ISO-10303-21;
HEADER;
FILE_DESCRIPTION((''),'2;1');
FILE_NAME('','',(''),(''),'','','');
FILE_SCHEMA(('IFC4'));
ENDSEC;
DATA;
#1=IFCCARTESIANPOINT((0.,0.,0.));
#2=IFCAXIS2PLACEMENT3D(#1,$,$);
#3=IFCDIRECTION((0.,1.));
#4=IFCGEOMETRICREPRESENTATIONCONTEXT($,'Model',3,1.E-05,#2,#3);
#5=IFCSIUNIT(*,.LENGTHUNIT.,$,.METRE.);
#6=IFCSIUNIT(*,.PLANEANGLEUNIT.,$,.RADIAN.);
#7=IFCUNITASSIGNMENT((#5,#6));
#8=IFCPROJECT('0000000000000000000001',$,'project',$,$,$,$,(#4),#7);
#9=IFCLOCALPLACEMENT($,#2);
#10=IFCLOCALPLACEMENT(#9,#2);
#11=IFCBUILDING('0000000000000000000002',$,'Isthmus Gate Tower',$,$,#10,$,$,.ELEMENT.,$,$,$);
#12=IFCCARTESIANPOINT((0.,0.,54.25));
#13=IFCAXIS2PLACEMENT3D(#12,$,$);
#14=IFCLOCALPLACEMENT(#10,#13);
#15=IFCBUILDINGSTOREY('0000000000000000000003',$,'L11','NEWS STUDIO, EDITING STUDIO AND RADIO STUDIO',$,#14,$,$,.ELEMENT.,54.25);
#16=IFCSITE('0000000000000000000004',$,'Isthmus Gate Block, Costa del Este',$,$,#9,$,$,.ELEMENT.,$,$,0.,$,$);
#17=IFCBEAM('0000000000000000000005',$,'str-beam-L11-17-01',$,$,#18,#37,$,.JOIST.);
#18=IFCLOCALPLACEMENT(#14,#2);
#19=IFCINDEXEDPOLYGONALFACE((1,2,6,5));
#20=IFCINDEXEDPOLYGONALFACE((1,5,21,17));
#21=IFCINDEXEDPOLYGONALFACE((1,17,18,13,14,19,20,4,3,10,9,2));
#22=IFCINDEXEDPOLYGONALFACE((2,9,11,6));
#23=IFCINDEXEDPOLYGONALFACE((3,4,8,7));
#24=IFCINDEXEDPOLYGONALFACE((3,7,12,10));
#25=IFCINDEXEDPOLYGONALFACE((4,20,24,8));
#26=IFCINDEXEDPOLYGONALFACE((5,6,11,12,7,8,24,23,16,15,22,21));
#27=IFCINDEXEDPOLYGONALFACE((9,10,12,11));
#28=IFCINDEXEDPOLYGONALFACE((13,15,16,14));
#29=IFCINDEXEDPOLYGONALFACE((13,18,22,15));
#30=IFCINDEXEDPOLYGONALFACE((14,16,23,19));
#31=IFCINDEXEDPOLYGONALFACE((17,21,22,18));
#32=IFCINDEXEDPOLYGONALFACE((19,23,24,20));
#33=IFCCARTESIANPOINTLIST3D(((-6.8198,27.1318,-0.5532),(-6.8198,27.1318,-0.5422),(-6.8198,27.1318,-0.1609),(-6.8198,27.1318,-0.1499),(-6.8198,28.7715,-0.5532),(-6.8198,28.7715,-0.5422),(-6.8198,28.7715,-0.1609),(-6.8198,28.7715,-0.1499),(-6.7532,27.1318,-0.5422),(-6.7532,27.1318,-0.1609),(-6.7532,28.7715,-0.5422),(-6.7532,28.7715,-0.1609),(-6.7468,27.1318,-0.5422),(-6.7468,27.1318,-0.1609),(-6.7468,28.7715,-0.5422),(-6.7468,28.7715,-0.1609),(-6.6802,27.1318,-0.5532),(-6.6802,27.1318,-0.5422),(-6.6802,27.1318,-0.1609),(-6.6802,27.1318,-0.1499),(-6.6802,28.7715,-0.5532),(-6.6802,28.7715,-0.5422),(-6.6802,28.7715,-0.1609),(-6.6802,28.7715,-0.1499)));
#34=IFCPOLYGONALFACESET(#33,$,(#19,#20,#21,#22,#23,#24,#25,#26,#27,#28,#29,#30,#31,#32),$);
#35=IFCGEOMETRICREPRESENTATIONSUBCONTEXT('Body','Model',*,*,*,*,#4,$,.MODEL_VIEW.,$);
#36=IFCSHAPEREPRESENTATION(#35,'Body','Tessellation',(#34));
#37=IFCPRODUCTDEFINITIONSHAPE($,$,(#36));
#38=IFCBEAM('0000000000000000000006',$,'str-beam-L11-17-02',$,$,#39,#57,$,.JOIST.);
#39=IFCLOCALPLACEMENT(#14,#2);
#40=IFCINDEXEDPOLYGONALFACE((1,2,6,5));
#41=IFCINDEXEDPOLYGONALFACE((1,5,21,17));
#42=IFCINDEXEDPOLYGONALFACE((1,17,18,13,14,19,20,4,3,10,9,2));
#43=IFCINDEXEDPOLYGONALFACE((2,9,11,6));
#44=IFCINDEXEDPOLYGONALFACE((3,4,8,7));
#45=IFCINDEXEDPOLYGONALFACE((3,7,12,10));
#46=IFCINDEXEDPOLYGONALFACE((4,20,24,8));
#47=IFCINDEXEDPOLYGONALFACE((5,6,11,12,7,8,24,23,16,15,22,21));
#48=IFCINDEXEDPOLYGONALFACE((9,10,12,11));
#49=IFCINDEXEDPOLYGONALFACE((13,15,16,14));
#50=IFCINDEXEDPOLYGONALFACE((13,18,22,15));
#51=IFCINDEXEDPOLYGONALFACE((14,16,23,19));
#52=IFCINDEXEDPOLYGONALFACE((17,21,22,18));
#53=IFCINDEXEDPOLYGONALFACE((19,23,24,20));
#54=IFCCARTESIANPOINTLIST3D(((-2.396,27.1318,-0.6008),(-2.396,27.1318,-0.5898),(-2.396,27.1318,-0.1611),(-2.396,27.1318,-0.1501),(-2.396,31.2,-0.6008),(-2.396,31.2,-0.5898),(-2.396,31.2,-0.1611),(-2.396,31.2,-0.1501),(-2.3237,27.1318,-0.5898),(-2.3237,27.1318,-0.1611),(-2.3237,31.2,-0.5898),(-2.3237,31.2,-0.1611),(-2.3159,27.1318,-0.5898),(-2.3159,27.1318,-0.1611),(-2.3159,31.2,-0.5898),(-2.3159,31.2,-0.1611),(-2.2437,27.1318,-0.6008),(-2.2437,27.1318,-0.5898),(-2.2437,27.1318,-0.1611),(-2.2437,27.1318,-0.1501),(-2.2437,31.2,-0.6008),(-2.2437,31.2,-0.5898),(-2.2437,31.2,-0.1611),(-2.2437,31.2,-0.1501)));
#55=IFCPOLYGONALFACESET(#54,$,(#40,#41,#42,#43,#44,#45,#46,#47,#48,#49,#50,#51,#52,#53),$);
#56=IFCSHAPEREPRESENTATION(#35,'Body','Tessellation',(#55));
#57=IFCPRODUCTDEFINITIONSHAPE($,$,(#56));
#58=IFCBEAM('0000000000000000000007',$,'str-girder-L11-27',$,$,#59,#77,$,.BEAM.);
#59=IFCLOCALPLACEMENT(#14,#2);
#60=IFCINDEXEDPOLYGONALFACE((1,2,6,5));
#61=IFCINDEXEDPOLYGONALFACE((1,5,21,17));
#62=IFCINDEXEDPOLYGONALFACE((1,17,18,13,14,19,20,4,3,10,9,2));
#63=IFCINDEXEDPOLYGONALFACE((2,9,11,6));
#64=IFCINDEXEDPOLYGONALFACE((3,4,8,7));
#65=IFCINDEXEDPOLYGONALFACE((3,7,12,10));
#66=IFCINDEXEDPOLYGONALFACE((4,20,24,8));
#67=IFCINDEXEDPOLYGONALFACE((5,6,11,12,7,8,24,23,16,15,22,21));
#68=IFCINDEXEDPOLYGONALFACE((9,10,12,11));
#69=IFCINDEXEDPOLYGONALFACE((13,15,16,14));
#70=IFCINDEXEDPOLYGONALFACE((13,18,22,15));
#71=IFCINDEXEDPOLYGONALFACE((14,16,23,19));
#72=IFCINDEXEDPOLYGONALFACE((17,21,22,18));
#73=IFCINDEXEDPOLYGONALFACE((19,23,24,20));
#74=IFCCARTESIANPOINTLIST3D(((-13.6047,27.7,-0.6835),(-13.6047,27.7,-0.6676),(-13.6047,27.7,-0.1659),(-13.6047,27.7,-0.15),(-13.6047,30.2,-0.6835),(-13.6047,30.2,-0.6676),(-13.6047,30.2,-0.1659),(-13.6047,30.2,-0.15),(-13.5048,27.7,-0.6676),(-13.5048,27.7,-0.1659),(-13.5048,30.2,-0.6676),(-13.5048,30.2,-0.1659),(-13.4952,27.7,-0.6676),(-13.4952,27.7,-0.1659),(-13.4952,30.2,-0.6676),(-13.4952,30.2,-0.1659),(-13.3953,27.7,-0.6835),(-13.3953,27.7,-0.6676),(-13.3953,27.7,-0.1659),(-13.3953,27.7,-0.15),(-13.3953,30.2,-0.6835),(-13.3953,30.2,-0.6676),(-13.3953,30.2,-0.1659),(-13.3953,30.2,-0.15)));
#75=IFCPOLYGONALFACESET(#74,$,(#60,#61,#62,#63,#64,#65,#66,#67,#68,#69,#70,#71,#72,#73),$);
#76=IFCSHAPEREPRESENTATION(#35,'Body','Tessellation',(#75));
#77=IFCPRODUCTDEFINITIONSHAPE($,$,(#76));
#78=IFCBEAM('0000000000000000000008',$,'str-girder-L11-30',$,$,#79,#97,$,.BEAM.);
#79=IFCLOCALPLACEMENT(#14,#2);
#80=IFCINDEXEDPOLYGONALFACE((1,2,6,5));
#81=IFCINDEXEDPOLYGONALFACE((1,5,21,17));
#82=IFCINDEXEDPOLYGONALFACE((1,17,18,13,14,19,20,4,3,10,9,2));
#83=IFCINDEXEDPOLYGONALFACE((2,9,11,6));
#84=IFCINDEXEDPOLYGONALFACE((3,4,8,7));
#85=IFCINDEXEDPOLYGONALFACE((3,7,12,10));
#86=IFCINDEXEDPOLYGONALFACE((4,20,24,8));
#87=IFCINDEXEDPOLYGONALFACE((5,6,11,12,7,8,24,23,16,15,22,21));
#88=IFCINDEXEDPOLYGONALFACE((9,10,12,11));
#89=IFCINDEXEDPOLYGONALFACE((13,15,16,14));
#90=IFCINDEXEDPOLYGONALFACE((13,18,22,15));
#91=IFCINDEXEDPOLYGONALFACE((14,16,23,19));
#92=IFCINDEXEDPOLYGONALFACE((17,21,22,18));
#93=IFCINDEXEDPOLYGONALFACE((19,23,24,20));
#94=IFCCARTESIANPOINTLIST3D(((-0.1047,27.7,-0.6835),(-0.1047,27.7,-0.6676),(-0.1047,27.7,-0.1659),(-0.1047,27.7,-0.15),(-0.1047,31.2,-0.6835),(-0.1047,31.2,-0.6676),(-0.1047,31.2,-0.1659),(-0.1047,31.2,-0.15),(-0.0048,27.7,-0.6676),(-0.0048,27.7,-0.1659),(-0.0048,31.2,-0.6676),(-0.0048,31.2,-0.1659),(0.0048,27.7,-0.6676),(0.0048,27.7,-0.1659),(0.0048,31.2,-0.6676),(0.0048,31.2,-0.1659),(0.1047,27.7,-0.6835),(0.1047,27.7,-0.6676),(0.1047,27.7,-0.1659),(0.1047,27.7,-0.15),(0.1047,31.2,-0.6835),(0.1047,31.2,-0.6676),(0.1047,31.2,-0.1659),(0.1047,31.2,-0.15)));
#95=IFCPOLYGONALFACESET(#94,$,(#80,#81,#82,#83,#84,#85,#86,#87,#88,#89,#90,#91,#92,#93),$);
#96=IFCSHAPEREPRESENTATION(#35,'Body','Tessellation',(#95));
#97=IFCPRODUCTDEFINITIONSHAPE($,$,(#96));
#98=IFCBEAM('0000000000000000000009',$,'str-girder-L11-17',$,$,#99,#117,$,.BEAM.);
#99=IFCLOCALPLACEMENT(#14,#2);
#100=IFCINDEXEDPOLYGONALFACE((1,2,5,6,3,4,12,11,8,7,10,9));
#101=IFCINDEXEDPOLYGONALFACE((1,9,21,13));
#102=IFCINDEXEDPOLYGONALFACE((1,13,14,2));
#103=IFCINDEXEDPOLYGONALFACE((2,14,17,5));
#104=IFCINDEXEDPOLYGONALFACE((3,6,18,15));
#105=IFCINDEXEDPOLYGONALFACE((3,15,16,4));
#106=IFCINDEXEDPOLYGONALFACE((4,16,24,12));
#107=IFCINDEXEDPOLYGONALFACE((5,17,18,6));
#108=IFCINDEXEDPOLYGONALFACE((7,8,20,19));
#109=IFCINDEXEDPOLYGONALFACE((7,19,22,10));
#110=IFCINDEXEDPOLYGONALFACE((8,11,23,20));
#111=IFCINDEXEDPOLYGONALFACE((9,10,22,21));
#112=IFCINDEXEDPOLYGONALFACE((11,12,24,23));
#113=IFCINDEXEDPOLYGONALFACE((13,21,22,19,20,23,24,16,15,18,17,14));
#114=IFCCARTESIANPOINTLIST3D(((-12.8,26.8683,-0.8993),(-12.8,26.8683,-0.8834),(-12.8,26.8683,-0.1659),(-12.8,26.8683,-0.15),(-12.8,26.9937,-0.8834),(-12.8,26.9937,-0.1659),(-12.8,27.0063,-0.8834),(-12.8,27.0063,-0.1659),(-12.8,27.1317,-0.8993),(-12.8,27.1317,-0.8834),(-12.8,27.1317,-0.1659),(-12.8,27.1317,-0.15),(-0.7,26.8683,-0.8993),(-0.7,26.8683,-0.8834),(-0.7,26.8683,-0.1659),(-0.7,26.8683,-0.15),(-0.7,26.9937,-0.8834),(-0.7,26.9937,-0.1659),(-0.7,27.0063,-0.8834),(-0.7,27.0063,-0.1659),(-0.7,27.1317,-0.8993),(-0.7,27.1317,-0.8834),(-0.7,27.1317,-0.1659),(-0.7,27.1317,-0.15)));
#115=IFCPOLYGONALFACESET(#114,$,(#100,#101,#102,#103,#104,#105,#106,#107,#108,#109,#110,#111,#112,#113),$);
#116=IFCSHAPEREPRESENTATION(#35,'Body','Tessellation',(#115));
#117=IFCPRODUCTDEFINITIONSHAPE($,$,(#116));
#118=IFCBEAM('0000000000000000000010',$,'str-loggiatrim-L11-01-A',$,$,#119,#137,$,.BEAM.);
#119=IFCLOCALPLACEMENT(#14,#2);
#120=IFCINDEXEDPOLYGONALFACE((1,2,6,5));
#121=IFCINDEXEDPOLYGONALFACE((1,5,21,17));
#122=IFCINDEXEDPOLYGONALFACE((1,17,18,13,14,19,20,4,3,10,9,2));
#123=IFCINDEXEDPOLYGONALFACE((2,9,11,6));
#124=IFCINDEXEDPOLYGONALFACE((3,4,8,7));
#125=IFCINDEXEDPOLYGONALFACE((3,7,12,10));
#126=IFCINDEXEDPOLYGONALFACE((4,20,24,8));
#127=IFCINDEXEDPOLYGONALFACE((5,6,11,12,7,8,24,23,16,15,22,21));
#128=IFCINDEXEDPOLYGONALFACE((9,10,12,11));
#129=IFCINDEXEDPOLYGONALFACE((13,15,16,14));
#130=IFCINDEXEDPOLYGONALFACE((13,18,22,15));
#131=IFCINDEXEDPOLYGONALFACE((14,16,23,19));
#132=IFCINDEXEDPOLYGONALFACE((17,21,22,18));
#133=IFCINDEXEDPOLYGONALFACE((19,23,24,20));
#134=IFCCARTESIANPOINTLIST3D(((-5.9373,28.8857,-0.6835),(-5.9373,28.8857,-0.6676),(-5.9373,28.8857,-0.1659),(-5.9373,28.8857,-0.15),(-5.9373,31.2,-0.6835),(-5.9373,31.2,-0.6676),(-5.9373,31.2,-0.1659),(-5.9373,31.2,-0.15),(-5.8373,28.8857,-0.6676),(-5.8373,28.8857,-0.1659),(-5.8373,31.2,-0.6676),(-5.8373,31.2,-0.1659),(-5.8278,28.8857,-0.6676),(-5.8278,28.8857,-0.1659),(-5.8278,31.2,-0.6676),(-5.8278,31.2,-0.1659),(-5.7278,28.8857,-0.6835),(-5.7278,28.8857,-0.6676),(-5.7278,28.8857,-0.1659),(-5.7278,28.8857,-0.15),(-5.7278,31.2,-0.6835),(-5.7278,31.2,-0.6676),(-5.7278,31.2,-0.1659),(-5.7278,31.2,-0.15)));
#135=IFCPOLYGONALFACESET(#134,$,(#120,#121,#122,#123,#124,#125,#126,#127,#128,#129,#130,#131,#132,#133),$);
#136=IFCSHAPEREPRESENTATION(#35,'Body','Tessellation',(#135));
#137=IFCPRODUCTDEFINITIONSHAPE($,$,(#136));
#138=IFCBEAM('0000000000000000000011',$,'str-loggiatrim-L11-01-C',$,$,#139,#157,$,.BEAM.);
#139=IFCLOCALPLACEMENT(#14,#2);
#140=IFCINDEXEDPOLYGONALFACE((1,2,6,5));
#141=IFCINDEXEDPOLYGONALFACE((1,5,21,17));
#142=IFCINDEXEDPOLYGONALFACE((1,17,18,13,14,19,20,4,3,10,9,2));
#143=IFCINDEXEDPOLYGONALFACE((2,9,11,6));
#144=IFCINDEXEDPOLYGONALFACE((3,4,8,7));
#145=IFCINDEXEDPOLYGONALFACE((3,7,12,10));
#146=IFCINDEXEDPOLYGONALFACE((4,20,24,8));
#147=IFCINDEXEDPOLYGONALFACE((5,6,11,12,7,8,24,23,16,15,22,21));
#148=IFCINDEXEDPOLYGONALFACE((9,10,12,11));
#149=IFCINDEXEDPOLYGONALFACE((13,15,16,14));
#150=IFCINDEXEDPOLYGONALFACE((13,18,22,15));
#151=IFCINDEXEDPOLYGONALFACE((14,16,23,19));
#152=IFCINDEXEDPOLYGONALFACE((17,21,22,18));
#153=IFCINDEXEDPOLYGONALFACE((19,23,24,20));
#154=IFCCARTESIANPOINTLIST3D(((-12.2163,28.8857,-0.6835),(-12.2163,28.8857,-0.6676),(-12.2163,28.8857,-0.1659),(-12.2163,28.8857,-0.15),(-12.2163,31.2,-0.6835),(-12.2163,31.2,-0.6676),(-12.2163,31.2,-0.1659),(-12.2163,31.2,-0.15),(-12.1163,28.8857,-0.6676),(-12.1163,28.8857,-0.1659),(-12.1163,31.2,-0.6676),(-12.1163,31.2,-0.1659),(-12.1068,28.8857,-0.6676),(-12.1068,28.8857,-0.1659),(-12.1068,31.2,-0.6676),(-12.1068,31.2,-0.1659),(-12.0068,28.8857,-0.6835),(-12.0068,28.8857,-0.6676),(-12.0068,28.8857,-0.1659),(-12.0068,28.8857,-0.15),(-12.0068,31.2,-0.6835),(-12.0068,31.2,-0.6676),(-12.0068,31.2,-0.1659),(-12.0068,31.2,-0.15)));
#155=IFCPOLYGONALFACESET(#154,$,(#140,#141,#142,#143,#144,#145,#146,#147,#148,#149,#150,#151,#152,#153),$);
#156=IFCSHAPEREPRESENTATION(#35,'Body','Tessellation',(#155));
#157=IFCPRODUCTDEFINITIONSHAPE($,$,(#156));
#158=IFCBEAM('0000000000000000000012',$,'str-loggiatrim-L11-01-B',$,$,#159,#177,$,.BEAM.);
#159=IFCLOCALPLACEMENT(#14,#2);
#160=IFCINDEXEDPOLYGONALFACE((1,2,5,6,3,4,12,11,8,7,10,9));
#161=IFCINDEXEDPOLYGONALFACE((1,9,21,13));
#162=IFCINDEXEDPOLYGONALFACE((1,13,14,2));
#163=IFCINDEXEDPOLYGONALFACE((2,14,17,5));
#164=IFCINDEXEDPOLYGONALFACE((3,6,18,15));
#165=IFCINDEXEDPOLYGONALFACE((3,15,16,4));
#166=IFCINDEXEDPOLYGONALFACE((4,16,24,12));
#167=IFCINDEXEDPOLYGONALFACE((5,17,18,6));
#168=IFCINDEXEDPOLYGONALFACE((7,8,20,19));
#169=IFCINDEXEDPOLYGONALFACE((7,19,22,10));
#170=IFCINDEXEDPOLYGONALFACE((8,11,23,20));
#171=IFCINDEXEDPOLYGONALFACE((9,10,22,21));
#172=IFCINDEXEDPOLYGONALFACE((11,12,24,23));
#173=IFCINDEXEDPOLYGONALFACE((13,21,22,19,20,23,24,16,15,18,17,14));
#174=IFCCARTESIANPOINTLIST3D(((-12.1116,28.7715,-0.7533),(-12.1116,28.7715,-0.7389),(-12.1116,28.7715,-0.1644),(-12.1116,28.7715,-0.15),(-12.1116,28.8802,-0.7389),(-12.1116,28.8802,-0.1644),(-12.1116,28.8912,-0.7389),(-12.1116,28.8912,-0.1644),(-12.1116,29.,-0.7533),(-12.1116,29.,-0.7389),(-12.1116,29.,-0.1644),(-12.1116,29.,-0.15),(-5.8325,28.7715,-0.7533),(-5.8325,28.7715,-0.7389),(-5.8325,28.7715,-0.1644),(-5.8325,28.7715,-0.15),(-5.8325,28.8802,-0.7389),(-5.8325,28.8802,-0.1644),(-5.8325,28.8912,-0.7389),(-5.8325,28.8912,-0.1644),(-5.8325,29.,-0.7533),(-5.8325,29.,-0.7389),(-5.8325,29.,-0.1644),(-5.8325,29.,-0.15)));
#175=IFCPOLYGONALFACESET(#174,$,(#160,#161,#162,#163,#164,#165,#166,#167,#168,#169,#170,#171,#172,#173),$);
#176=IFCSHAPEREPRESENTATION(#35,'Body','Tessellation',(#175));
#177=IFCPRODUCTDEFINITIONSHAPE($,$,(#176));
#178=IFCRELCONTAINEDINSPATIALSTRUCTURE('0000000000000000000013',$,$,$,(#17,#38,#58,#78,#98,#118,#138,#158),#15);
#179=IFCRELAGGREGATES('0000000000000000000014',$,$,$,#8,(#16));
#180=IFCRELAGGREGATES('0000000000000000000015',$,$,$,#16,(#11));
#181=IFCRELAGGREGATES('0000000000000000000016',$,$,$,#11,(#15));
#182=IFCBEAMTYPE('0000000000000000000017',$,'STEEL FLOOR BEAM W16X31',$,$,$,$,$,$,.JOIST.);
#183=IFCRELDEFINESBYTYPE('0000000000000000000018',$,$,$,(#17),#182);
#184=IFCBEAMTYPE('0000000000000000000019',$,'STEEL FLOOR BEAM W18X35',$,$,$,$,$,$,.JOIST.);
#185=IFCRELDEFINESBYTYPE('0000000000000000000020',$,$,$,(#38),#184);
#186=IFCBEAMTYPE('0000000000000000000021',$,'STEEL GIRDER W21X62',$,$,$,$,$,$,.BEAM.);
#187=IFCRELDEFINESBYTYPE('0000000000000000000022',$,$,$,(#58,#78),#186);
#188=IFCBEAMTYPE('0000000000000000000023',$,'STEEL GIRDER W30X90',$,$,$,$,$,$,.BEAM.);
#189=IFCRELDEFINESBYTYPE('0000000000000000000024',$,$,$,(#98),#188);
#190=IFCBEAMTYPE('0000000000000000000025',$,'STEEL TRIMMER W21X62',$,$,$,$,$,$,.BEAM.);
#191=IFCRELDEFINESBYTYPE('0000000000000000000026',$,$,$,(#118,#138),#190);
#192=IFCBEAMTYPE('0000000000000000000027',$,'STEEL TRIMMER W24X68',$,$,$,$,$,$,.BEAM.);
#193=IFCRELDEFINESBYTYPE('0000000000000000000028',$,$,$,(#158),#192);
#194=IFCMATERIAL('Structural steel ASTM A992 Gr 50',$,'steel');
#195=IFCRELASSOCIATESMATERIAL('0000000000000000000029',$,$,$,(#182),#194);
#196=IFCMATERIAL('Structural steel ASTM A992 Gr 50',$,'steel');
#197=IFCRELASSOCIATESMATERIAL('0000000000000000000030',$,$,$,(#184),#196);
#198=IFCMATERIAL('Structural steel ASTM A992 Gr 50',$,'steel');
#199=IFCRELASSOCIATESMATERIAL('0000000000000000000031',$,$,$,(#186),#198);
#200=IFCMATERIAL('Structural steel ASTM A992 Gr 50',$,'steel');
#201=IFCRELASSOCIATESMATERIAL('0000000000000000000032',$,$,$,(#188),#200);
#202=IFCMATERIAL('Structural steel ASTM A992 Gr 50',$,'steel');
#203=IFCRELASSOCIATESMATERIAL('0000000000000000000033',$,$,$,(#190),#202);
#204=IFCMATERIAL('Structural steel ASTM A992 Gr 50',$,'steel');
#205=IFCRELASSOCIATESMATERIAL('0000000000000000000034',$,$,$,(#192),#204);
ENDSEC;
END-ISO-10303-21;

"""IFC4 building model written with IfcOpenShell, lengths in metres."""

from ifc_helpers import new_model, si_unit, direction, frame, origin, origin_2d, place, context, subcontext, project, spatial, i_section, extrude, material, material_profile, profile_set, type_object, element, save


model = new_model("IFC4")

# Units and contexts
model_context = context("Model", 3, precision=1e-05, world=origin(), true_north=direction((0.0, 1.0)))
body_context = subcontext(model_context, "Body", "Model", "MODEL_VIEW")
ifc_project = project(units=[si_unit("LENGTHUNIT", "METRE"), si_unit("PLANEANGLEUNIT", "RADIAN")], contexts=[model_context])

# Site, building, storey
site_placement = place(None, origin())
site = spatial("IfcSite", under=ifc_project, at=site_placement, Name="Isthmus Gate Block, Costa del Este", CompositionType="ELEMENT", RefElevation=0.0)
building_placement = place(site_placement, origin())
building = spatial("IfcBuilding", under=site, at=building_placement, Name="Isthmus Gate Tower", CompositionType="ELEMENT")
storey_placement = place(building_placement, frame((0.0, 0.0, 54.25)))
storey = spatial("IfcBuildingStorey", under=building, at=storey_placement, Name="L11", Description="NEWS STUDIO, EDITING STUDIO AND RADIO STUDIO", CompositionType="ELEMENT", Elevation=54.25)

# Beams
ifc_material_1 = material(Name="Structural steel ASTM A992 Gr 50", Category="steel")
ifc_material_profile_1 = material_profile(ifc_material_1, i_section(OverallWidth=0.1396, OverallDepth=0.4033, WebThickness=0.0063, FlangeThickness=0.011, at=origin_2d()), Name="W16X31")
ifc_profile_set_1 = profile_set([ifc_material_profile_1], Name="Structural steel ASTM A992 Gr 50")
beam_type_1 = type_object("IfcBeamType", Name="STEEL FLOOR BEAM W16X31", PredefinedType="JOIST", material=ifc_profile_set_1)
for number, where, z_axis, x_axis, name in (
    (1, (-6.75, 27.1318, -0.3516), (0.0, 1.0, 0.0), (-1.0, 0.0, 0.0), "str-beam-L11-17-01"),
):
    element("IfcBeam", number, at=place(storey_placement, frame(where, z_axis=z_axis, x_axis=x_axis)), inside=storey, type_object=beam_type_1, Name=name, PredefinedType="JOIST", context=body_context, shape_type="SweptSolid", body=[
        extrude(i_section(OverallWidth=0.1396, OverallDepth=0.4033, WebThickness=0.0063, FlangeThickness=0.011, at=origin_2d()), origin(), (0.0, 0.0, 1.0), 1.6396),
    ])
ifc_material_2 = material(Name="Structural steel ASTM A992 Gr 50", Category="steel")
ifc_material_profile_2 = material_profile(ifc_material_2, i_section(OverallWidth=0.1523, OverallDepth=0.4507, WebThickness=0.0078, FlangeThickness=0.011, at=origin_2d()), Name="W18X35")
ifc_profile_set_2 = profile_set([ifc_material_profile_2], Name="Structural steel ASTM A992 Gr 50")
beam_type_2 = type_object("IfcBeamType", Name="STEEL FLOOR BEAM W18X35", PredefinedType="JOIST", material=ifc_profile_set_2)
beam_1_placement = place(storey_placement, frame((-2.3198, 27.1318, -0.3755), z_axis=(0.0, 1.0, 0.0), x_axis=(-1.0, 0.0, 0.0)))
element("IfcBeam", 2, at=beam_1_placement, inside=storey, type_object=beam_type_2, Name="str-beam-L11-17-02", PredefinedType="JOIST", context=body_context, shape_type="SweptSolid", body=[
    extrude(i_section(OverallWidth=0.1523, OverallDepth=0.4507, WebThickness=0.0078, FlangeThickness=0.011, at=origin_2d()), origin(), (0.0, 0.0, 1.0), 4.0681),
])
ifc_material_3 = material(Name="Structural steel ASTM A992 Gr 50", Category="steel")
ifc_material_profile_3 = material_profile(ifc_material_3, i_section(OverallWidth=0.2095, OverallDepth=0.5334, WebThickness=0.0095, FlangeThickness=0.0159, at=origin_2d()), Name="W21X62")
ifc_profile_set_3 = profile_set([ifc_material_profile_3], Name="Structural steel ASTM A992 Gr 50")
beam_type_3 = type_object("IfcBeamType", Name="STEEL GIRDER W21X62", PredefinedType="BEAM", material=ifc_profile_set_3)
beam_2_placement = place(storey_placement, frame((-13.5, 27.7, -0.4167), z_axis=(0.0, 1.0, 0.0), x_axis=(-1.0, 0.0, 0.0)))
element("IfcBeam", 3, at=beam_2_placement, inside=storey, type_object=beam_type_3, Name="str-girder-L11-27", PredefinedType="BEAM", context=body_context, shape_type="SweptSolid", body=[
    extrude(i_section(OverallWidth=0.2095, OverallDepth=0.5334, WebThickness=0.0095, FlangeThickness=0.0159, at=origin_2d()), origin(), (0.0, 0.0, 1.0), 2.5),
])
beam_3_placement = place(storey_placement, frame((0.0, 27.7, -0.4167), z_axis=(0.0, 1.0, 0.0), x_axis=(-1.0, 0.0, 0.0)))
element("IfcBeam", 4, at=beam_3_placement, inside=storey, type_object=beam_type_3, Name="str-girder-L11-30", PredefinedType="BEAM", context=body_context, shape_type="SweptSolid", body=[
    extrude(i_section(OverallWidth=0.2095, OverallDepth=0.5334, WebThickness=0.0095, FlangeThickness=0.0159, at=origin_2d()), origin(), (0.0, 0.0, 1.0), 3.5),
])
ifc_material_4 = material(Name="Structural steel ASTM A992 Gr 50", Category="steel")
ifc_material_profile_4 = material_profile(ifc_material_4, i_section(OverallWidth=0.2634, OverallDepth=0.7493, WebThickness=0.0127, FlangeThickness=0.0159, at=origin_2d()), Name="W30X90")
ifc_profile_set_4 = profile_set([ifc_material_profile_4], Name="Structural steel ASTM A992 Gr 50")
beam_type_4 = type_object("IfcBeamType", Name="STEEL GIRDER W30X90", PredefinedType="BEAM", material=ifc_profile_set_4)
beam_4_placement = place(storey_placement, frame((-12.8, 27.0, -0.5247), z_axis=(1.0, 0.0, 0.0), x_axis=(0.0, 1.0, 0.0)))
element("IfcBeam", 5, at=beam_4_placement, inside=storey, type_object=beam_type_4, Name="str-girder-L11-17", PredefinedType="BEAM", context=body_context, shape_type="SweptSolid", body=[
    extrude(i_section(OverallWidth=0.2634, OverallDepth=0.7493, WebThickness=0.0127, FlangeThickness=0.0159, at=origin_2d()), origin(), (0.0, 0.0, 1.0), 12.1001),
])
ifc_material_5 = material(Name="Structural steel ASTM A992 Gr 50", Category="steel")
ifc_material_profile_5 = material_profile(ifc_material_5, i_section(OverallWidth=0.2095, OverallDepth=0.5334, WebThickness=0.0095, FlangeThickness=0.0159, at=origin_2d()), Name="W21X62")
ifc_profile_set_5 = profile_set([ifc_material_profile_5], Name="Structural steel ASTM A992 Gr 50")
beam_type_5 = type_object("IfcBeamType", Name="STEEL TRIMMER W21X62", PredefinedType="BEAM", material=ifc_profile_set_5)
for number, where, z_axis, x_axis, name in (
    (6, (-5.8325, 31.2, -0.4167), (0.0, -1.0, 0.0), (1.0, 0.0, 0.0), "str-loggiatrim-L11-01-A"),
    (7, (-12.1116, 31.2, -0.4167), (0.0, -1.0, 0.0), (1.0, 0.0, 0.0), "str-loggiatrim-L11-01-C"),
):
    element("IfcBeam", number, at=place(storey_placement, frame(where, z_axis=z_axis, x_axis=x_axis)), inside=storey, type_object=beam_type_5, Name=name, PredefinedType="BEAM", context=body_context, shape_type="SweptSolid", body=[
        extrude(i_section(OverallWidth=0.2095, OverallDepth=0.5334, WebThickness=0.0095, FlangeThickness=0.0159, at=origin_2d()), origin(), (0.0, 0.0, 1.0), 2.3142),
    ])
ifc_material_6 = material(Name="Structural steel ASTM A992 Gr 50", Category="steel")
ifc_material_profile_6 = material_profile(ifc_material_6, i_section(OverallWidth=0.2285, OverallDepth=0.6033, WebThickness=0.011, FlangeThickness=0.0144, at=origin_2d()), Name="W24X68")
ifc_profile_set_6 = profile_set([ifc_material_profile_6], Name="Structural steel ASTM A992 Gr 50")
beam_type_6 = type_object("IfcBeamType", Name="STEEL TRIMMER W24X68", PredefinedType="BEAM", material=ifc_profile_set_6)
beam_5_placement = place(storey_placement, frame((-5.8325, 28.8857, -0.4517), z_axis=(-1.0, 0.0, 0.0), x_axis=(0.0, -1.0, 0.0)))
element("IfcBeam", 8, at=beam_5_placement, inside=storey, type_object=beam_type_6, Name="str-loggiatrim-L11-01-B", PredefinedType="BEAM", context=body_context, shape_type="SweptSolid", body=[
    extrude(i_section(OverallWidth=0.2285, OverallDepth=0.6033, WebThickness=0.011, FlangeThickness=0.0144, at=origin_2d()), origin(), (0.0, 0.0, 1.0), 6.2791),
])

save(model, "model.ifc")
